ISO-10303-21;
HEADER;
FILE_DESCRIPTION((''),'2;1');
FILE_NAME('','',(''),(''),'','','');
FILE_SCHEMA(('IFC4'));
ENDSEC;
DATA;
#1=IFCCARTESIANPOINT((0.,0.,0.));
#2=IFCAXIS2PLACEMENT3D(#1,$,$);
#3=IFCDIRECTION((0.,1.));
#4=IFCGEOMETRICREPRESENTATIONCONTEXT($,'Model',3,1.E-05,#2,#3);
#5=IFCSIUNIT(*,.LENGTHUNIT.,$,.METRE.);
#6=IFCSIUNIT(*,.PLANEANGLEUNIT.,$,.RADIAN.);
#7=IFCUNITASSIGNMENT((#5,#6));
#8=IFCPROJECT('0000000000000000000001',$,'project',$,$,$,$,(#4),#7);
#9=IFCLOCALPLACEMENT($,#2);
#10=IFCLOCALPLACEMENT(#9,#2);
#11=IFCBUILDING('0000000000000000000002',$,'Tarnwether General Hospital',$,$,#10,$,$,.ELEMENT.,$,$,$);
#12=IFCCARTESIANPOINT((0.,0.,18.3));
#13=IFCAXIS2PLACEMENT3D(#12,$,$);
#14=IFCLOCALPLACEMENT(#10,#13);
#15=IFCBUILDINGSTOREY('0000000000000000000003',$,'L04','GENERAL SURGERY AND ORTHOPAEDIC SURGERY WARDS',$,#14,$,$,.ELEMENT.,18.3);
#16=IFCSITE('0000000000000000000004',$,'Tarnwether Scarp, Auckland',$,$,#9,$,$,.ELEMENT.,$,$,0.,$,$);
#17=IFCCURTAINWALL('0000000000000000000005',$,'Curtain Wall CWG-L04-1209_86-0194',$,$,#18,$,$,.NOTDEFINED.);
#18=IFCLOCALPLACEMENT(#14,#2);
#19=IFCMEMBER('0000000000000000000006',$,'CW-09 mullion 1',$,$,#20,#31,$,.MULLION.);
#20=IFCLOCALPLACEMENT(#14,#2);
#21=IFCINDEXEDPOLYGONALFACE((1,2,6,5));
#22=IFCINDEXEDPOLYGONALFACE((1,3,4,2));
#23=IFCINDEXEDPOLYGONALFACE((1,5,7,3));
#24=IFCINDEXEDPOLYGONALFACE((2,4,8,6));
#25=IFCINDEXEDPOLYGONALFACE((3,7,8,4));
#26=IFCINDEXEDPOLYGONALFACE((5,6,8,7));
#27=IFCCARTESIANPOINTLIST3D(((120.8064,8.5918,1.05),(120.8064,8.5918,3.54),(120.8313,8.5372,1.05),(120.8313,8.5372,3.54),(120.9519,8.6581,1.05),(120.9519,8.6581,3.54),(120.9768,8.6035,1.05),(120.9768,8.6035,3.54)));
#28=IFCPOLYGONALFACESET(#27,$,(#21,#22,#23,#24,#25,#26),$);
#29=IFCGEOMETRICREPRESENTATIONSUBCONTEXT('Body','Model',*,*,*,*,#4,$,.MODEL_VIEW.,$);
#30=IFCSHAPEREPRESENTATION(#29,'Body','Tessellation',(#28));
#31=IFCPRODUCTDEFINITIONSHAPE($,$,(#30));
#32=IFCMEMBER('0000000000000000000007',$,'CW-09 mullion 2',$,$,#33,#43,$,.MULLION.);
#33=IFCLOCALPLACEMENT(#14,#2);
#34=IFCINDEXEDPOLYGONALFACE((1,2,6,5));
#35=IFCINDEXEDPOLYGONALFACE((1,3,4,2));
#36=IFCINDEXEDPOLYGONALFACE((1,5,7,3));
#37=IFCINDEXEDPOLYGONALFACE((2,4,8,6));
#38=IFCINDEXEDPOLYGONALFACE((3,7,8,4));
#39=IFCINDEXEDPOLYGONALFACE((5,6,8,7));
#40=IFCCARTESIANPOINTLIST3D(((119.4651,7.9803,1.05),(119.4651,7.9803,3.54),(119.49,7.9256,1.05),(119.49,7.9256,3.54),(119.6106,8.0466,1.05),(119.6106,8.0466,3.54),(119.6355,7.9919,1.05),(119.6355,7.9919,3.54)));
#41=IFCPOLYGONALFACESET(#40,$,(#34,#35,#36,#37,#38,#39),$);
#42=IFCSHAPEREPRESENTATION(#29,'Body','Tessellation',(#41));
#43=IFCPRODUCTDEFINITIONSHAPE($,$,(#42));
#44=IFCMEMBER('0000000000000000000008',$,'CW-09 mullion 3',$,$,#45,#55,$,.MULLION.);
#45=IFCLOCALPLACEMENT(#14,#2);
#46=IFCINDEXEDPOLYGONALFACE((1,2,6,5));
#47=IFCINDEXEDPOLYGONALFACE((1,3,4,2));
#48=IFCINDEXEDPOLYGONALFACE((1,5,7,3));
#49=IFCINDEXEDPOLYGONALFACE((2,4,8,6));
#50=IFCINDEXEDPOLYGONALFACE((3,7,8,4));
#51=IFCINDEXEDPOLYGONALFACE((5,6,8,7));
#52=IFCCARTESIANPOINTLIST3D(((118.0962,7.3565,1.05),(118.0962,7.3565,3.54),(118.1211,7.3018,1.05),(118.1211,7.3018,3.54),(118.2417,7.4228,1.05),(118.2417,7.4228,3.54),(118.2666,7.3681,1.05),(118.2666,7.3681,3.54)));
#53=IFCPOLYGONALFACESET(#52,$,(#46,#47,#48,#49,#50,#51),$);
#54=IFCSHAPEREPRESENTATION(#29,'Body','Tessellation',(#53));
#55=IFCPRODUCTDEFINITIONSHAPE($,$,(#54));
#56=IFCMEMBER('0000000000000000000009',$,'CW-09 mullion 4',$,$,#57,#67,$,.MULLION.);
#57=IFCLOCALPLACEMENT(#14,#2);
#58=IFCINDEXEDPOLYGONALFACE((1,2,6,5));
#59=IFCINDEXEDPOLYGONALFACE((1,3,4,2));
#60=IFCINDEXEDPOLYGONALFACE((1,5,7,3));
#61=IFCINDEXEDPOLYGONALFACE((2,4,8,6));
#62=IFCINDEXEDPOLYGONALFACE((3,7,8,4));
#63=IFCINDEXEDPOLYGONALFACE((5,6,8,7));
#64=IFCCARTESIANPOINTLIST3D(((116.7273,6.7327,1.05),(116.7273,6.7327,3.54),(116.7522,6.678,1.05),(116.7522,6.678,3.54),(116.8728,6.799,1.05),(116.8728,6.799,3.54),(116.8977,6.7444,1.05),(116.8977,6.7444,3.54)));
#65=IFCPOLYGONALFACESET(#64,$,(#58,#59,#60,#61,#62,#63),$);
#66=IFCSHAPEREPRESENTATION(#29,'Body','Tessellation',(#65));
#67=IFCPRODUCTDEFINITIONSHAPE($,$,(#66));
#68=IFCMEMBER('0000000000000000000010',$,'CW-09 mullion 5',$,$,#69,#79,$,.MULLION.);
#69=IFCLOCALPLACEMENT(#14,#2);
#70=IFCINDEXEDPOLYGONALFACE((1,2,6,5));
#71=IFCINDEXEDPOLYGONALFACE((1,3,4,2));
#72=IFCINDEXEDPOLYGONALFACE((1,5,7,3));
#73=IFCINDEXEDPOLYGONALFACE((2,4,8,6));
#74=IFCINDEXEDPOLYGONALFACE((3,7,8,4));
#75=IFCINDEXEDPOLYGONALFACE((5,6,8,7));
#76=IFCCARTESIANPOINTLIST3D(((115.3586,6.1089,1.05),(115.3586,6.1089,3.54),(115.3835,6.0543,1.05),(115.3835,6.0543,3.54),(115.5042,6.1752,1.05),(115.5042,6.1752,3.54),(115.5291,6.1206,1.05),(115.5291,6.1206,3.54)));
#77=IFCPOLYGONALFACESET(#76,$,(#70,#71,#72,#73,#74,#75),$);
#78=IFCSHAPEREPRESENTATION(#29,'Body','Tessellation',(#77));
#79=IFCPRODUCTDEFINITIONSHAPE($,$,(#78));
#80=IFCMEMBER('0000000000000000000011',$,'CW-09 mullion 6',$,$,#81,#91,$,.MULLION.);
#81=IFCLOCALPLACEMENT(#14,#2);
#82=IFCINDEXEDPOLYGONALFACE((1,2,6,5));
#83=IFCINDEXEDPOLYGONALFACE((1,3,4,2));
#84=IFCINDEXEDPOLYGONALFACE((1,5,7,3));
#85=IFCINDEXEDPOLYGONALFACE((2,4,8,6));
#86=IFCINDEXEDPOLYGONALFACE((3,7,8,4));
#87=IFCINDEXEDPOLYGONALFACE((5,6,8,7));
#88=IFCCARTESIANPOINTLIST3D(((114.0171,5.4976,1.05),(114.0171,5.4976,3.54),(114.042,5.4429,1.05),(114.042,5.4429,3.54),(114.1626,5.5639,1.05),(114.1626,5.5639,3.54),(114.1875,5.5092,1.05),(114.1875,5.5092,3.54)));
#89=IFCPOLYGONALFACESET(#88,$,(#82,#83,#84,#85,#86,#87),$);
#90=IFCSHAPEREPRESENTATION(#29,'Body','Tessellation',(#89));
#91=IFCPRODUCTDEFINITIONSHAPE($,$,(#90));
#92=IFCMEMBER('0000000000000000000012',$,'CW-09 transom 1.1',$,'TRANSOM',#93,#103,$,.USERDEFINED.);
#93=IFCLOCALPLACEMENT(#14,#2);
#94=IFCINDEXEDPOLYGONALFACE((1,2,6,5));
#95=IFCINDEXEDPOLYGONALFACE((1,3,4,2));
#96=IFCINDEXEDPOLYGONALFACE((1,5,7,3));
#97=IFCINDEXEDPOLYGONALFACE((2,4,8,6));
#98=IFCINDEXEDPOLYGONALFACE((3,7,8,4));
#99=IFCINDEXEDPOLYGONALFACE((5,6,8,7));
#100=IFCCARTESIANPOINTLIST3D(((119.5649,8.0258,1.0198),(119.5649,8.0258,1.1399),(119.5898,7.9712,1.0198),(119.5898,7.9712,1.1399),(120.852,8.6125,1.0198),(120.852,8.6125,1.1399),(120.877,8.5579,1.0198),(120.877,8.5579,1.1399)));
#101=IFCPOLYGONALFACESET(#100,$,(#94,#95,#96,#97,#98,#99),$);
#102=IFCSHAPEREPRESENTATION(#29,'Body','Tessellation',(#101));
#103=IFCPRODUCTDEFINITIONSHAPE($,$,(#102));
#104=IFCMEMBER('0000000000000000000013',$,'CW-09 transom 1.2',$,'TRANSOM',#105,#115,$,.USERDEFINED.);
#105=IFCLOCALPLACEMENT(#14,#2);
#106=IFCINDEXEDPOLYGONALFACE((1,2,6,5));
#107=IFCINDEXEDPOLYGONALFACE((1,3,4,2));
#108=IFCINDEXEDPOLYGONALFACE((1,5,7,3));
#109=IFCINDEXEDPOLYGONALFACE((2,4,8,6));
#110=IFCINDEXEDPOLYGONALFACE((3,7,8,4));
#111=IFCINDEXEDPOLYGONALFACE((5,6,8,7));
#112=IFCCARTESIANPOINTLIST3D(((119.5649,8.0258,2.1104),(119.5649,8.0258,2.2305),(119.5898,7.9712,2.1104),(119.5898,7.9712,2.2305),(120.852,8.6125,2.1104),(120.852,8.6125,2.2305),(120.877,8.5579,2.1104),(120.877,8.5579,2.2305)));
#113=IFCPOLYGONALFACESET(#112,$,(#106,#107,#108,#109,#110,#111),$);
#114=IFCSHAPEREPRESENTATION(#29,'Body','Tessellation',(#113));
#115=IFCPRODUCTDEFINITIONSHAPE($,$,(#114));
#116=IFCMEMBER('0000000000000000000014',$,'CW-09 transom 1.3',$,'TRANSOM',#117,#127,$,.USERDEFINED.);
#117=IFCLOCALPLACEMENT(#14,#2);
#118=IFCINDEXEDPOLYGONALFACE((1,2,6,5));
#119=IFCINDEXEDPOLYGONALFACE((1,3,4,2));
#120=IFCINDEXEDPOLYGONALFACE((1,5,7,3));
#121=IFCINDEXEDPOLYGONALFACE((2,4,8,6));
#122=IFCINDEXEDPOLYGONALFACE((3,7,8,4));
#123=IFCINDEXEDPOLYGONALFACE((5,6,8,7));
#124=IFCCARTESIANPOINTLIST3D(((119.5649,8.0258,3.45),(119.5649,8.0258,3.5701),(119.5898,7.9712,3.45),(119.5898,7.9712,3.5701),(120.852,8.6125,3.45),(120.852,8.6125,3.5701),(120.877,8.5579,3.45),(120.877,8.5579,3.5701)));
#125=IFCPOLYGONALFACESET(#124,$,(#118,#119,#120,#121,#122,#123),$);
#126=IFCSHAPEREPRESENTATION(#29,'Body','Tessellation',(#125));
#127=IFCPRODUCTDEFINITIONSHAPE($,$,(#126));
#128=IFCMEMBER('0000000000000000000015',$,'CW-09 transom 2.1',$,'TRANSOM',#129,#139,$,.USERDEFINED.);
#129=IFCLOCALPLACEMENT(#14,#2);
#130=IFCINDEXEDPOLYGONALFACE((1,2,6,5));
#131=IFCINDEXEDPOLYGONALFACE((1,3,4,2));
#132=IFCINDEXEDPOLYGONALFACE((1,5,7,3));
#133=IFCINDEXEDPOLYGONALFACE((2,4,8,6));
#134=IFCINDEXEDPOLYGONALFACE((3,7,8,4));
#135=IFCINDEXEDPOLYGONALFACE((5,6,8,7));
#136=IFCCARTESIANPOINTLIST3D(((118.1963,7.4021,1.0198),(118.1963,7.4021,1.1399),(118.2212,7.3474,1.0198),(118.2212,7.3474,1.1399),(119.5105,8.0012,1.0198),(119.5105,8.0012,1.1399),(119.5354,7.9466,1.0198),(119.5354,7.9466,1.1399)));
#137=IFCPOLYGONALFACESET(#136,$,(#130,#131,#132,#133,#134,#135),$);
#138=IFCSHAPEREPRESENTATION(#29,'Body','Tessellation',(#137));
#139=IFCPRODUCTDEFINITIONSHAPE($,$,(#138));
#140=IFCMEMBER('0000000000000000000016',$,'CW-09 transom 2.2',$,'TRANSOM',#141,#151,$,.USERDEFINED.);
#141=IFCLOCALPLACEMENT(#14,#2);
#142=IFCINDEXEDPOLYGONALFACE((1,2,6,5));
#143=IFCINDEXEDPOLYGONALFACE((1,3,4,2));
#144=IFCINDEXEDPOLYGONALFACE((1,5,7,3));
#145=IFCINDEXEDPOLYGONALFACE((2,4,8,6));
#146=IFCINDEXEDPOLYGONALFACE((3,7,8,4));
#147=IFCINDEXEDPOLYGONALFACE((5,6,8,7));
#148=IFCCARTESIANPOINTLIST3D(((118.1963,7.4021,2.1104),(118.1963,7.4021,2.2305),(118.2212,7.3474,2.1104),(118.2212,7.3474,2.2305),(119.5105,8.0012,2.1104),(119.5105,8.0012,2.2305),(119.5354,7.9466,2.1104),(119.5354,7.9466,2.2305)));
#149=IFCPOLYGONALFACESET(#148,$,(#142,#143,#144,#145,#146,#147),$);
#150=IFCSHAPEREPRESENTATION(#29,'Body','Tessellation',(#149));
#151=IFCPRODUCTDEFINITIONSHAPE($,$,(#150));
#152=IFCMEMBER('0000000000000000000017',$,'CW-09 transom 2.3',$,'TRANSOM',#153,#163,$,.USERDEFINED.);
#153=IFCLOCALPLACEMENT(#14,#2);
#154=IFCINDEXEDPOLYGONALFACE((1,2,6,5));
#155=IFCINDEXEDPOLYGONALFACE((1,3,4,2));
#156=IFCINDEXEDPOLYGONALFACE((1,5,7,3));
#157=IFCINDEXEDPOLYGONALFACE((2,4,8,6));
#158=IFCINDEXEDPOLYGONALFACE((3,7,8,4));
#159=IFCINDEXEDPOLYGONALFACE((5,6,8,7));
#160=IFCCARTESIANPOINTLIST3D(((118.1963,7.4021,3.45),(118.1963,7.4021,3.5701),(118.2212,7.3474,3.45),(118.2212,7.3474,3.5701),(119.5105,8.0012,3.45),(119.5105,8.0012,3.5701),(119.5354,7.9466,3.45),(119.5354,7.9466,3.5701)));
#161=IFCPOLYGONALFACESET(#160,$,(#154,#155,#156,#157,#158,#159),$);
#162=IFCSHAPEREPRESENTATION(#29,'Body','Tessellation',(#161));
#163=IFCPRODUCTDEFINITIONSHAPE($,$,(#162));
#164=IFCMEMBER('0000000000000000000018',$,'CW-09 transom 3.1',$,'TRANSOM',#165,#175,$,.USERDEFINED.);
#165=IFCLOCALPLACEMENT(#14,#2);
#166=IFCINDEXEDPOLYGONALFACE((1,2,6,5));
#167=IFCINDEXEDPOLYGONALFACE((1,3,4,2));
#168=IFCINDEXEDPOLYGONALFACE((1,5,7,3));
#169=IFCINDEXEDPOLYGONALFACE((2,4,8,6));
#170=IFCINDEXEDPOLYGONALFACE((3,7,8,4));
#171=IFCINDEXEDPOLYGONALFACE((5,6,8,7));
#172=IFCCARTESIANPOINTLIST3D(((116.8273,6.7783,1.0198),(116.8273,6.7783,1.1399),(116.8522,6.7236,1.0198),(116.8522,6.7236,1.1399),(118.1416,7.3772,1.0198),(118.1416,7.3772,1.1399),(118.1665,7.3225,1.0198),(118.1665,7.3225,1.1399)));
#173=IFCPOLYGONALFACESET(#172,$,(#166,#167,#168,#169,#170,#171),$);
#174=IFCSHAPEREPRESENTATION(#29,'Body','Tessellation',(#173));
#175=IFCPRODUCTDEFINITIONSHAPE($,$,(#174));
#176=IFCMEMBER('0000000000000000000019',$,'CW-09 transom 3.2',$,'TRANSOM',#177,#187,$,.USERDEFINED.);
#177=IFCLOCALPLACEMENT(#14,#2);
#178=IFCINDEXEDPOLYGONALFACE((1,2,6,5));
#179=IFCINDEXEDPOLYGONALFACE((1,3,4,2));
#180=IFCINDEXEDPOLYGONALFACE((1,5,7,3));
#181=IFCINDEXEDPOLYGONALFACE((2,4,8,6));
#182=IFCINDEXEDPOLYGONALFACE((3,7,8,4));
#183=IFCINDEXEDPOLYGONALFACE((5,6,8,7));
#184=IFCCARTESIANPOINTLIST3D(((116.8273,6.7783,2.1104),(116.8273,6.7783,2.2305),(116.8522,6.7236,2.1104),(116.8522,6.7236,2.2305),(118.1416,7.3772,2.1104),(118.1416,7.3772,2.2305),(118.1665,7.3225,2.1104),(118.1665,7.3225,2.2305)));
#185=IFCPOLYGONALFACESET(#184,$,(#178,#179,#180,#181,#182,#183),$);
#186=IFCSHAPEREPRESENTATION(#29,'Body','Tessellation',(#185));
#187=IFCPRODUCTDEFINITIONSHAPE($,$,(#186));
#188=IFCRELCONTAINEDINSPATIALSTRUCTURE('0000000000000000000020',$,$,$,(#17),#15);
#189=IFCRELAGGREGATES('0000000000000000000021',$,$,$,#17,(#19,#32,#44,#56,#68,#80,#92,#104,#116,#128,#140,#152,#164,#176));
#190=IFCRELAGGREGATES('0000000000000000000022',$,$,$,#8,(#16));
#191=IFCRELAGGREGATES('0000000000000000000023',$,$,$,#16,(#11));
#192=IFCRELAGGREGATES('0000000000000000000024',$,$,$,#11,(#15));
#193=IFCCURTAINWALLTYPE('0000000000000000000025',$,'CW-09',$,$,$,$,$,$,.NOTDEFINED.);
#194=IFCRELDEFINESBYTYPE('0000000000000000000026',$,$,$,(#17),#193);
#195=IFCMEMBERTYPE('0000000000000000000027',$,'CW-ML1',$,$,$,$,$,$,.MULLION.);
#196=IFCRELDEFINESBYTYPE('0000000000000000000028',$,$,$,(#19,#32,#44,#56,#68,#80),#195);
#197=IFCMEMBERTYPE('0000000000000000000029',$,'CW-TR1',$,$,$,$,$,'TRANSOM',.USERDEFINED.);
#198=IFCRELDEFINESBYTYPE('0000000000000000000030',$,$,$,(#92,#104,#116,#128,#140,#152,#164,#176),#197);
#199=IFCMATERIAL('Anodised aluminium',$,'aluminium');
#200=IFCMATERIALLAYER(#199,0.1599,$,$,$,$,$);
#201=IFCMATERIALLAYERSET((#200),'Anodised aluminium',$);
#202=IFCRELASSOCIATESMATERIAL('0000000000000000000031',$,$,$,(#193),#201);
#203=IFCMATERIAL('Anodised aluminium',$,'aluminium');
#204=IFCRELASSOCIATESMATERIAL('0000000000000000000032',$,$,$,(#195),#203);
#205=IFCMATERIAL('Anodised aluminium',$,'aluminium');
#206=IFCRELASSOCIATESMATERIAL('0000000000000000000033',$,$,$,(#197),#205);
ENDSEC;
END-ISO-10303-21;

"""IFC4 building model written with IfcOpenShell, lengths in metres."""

from ifc_helpers import new_model, si_unit, direction, frame, origin, origin_2d, place, context, subcontext, project, spatial, rectangle, extrude, material, layer, layer_set, material_profile, profile_set, type_object, element, aggregate, save


model = new_model("IFC4")

# Units and contexts
model_context = context("Model", 3, precision=1e-05, world=origin(), true_north=direction((0.0, 1.0)))
body_context = subcontext(model_context, "Body", "Model", "MODEL_VIEW")
ifc_project = project(units=[si_unit("LENGTHUNIT", "METRE"), si_unit("PLANEANGLEUNIT", "RADIAN")], contexts=[model_context])

# Site, building, storey
site_placement = place(None, origin())
site = spatial("IfcSite", under=ifc_project, at=site_placement, Name="Tarnwether Scarp, Auckland", CompositionType="ELEMENT", RefElevation=0.0)
building_placement = place(site_placement, origin())
building = spatial("IfcBuilding", under=site, at=building_placement, Name="Tarnwether General Hospital", CompositionType="ELEMENT")
storey_placement = place(building_placement, frame((0.0, 0.0, 18.3)))
storey = spatial("IfcBuildingStorey", under=building, at=storey_placement, Name="L04", Description="GENERAL SURGERY AND ORTHOPAEDIC SURGERY WARDS", CompositionType="ELEMENT", Elevation=18.3)

# Curtain wall, members
ifc_material_1 = material(Name="Anodised aluminium", Category="aluminium")
ifc_layer_1 = layer(ifc_material_1, 0.1599)
ifc_layer_set_1 = layer_set([ifc_layer_1], Name="Anodised aluminium")
curtain_wall_type = type_object("IfcCurtainWallType", Name="CW-09", PredefinedType="NOTDEFINED", material=ifc_layer_set_1)
curtain_wall_placement = place(storey_placement, origin())
curtain_wall = element("IfcCurtainWall", 1, at=curtain_wall_placement, inside=storey, type_object=curtain_wall_type, Name="Curtain Wall CWG-L04-1209_86-0194", PredefinedType="NOTDEFINED")
ifc_material_2 = material(Name="Anodised aluminium", Category="aluminium")
ifc_material_profile_1 = material_profile(ifc_material_2, rectangle(XDim=0.0601, YDim=0.1599, at=origin_2d()), Name="ALU-MUL-60x160")
ifc_profile_set_1 = profile_set([ifc_material_profile_1], Name="Anodised aluminium")
member_type_1 = type_object("IfcMemberType", Name="CW-ML1", PredefinedType="MULLION", material=ifc_profile_set_1)
member_1_placement = place(storey_placement, frame((120.8916, 8.5977, 1.05), z_axis=(0.0, 0.0, 1.0), x_axis=(0.414694, -0.909961, 0.0)))
member_1 = element("IfcMember", 2, at=member_1_placement, type_object=member_type_1, Name="CW-09 mullion 1", PredefinedType="MULLION", context=body_context, shape_type="SweptSolid", body=[
    extrude(rectangle(XDim=0.0601, YDim=0.1599, at=origin_2d()), origin(), (0.0, 0.0, 1.0), 2.49),
])
member_2_placement = place(storey_placement, frame((119.5503, 7.9861, 1.05), z_axis=(0.0, 0.0, 1.0), x_axis=(0.414694, -0.909961, 0.0)))
member_2 = element("IfcMember", 3, at=member_2_placement, type_object=member_type_1, Name="CW-09 mullion 2", PredefinedType="MULLION", context=body_context, shape_type="SweptSolid", body=[
    extrude(rectangle(XDim=0.0601, YDim=0.1599, at=origin_2d()), origin(), (0.0, 0.0, 1.0), 2.49),
])
member_3_placement = place(storey_placement, frame((118.1814, 7.3623, 1.05), z_axis=(0.0, 0.0, 1.0), x_axis=(0.414694, -0.909961, 0.0)))
member_3 = element("IfcMember", 4, at=member_3_placement, type_object=member_type_1, Name="CW-09 mullion 3", PredefinedType="MULLION", context=body_context, shape_type="SweptSolid", body=[
    extrude(rectangle(XDim=0.0601, YDim=0.1599, at=origin_2d()), origin(), (0.0, 0.0, 1.0), 2.49),
])
member_4_placement = place(storey_placement, frame((116.8125, 6.7385, 1.05), z_axis=(0.0, 0.0, 1.0), x_axis=(0.414694, -0.909961, 0.0)))
member_4 = element("IfcMember", 5, at=member_4_placement, type_object=member_type_1, Name="CW-09 mullion 4", PredefinedType="MULLION", context=body_context, shape_type="SweptSolid", body=[
    extrude(rectangle(XDim=0.0601, YDim=0.1599, at=origin_2d()), origin(), (0.0, 0.0, 1.0), 2.49),
])
member_5_placement = place(storey_placement, frame((115.4438, 6.1147, 1.05), z_axis=(0.0, 0.0, 1.0), x_axis=(0.414694, -0.909961, 0.0)))
member_5 = element("IfcMember", 6, at=member_5_placement, type_object=member_type_1, Name="CW-09 mullion 5", PredefinedType="MULLION", context=body_context, shape_type="SweptSolid", body=[
    extrude(rectangle(XDim=0.0601, YDim=0.1599, at=origin_2d()), origin(), (0.0, 0.0, 1.0), 2.49),
])
member_6_placement = place(storey_placement, frame((114.1023, 5.5034, 1.05), z_axis=(0.0, 0.0, 1.0), x_axis=(0.414694, -0.909961, 0.0)))
member_6 = element("IfcMember", 7, at=member_6_placement, type_object=member_type_1, Name="CW-09 mullion 6", PredefinedType="MULLION", context=body_context, shape_type="SweptSolid", body=[
    extrude(rectangle(XDim=0.0601, YDim=0.1599, at=origin_2d()), origin(), (0.0, 0.0, 1.0), 2.49),
])
ifc_material_3 = material(Name="Anodised aluminium", Category="aluminium")
ifc_material_profile_2 = material_profile(ifc_material_3, rectangle(XDim=0.0601, YDim=0.1201, at=origin_2d()), Name="ALU-TRN-60x120")
ifc_profile_set_2 = profile_set([ifc_material_profile_2], Name="Anodised aluminium")
member_type_2 = type_object("IfcMemberType", Name="CW-TR1", ElementType="TRANSOM", PredefinedType="USERDEFINED", material=ifc_profile_set_2)
member_7_placement = place(storey_placement, frame((120.8645, 8.5852, 1.0798), z_axis=(-0.909934, -0.414752, 0.0), x_axis=(0.414752, -0.909934, 0.0)))
member_7 = element("IfcMember", 8, at=member_7_placement, type_object=member_type_2, Name="CW-09 transom 1.1", ObjectType="TRANSOM", PredefinedType="USERDEFINED", context=body_context, shape_type="SweptSolid", body=[
    extrude(rectangle(XDim=0.0601, YDim=0.1201, at=origin_2d()), origin(), (0.0, 0.0, 1.0), 1.4146),
])
member_8_placement = place(storey_placement, frame((120.8645, 8.5852, 2.1704), z_axis=(-0.909934, -0.414752, 0.0), x_axis=(0.414752, -0.909934, 0.0)))
member_8 = element("IfcMember", 9, at=member_8_placement, type_object=member_type_2, Name="CW-09 transom 1.2", ObjectType="TRANSOM", PredefinedType="USERDEFINED", context=body_context, shape_type="SweptSolid", body=[
    extrude(rectangle(XDim=0.0601, YDim=0.1201, at=origin_2d()), origin(), (0.0, 0.0, 1.0), 1.4146),
])
member_9_placement = place(storey_placement, frame((120.8645, 8.5852, 3.51), z_axis=(-0.909934, -0.414752, 0.0), x_axis=(0.414752, -0.909934, 0.0)))
member_9 = element("IfcMember", 10, at=member_9_placement, type_object=member_type_2, Name="CW-09 transom 1.3", ObjectType="TRANSOM", PredefinedType="USERDEFINED", context=body_context, shape_type="SweptSolid", body=[
    extrude(rectangle(XDim=0.0601, YDim=0.1201, at=origin_2d()), origin(), (0.0, 0.0, 1.0), 1.4146),
])
member_10_placement = place(storey_placement, frame((119.5229, 7.9739, 1.0798), z_axis=(-0.909909, -0.414809, 0.0), x_axis=(0.414809, -0.909909, 0.0)))
member_10 = element("IfcMember", 11, at=member_10_placement, type_object=member_type_2, Name="CW-09 transom 2.1", ObjectType="TRANSOM", PredefinedType="USERDEFINED", context=body_context, shape_type="SweptSolid", body=[
    extrude(rectangle(XDim=0.0601, YDim=0.1201, at=origin_2d()), origin(), (0.0, 0.0, 1.0), 1.4443),
])
member_11_placement = place(storey_placement, frame((119.5229, 7.9739, 2.1704), z_axis=(-0.909909, -0.414809, 0.0), x_axis=(0.414809, -0.909909, 0.0)))
member_11 = element("IfcMember", 12, at=member_11_placement, type_object=member_type_2, Name="CW-09 transom 2.2", ObjectType="TRANSOM", PredefinedType="USERDEFINED", context=body_context, shape_type="SweptSolid", body=[
    extrude(rectangle(XDim=0.0601, YDim=0.1201, at=origin_2d()), origin(), (0.0, 0.0, 1.0), 1.4443),
])
member_12_placement = place(storey_placement, frame((119.5229, 7.9739, 3.51), z_axis=(-0.909909, -0.414809, 0.0), x_axis=(0.414809, -0.909909, 0.0)))
member_12 = element("IfcMember", 13, at=member_12_placement, type_object=member_type_2, Name="CW-09 transom 2.3", ObjectType="TRANSOM", PredefinedType="USERDEFINED", context=body_context, shape_type="SweptSolid", body=[
    extrude(rectangle(XDim=0.0601, YDim=0.1201, at=origin_2d()), origin(), (0.0, 0.0, 1.0), 1.4443),
])
member_13_placement = place(storey_placement, frame((118.1541, 7.3499, 1.0798), z_axis=(-0.909972, -0.414669, 0.0), x_axis=(0.414669, -0.909972, 0.0)))
member_13 = element("IfcMember", 14, at=member_13_placement, type_object=member_type_2, Name="CW-09 transom 3.1", ObjectType="TRANSOM", PredefinedType="USERDEFINED", context=body_context, shape_type="SweptSolid", body=[
    extrude(rectangle(XDim=0.0601, YDim=0.1201, at=origin_2d()), origin(), (0.0, 0.0, 1.0), 1.4443),
])
member_14_placement = place(storey_placement, frame((118.1541, 7.3499, 2.1704), z_axis=(-0.909972, -0.414669, 0.0), x_axis=(0.414669, -0.909972, 0.0)))
member_14 = element("IfcMember", 15, at=member_14_placement, type_object=member_type_2, Name="CW-09 transom 3.2", ObjectType="TRANSOM", PredefinedType="USERDEFINED", context=body_context, shape_type="SweptSolid", body=[
    extrude(rectangle(XDim=0.0601, YDim=0.1201, at=origin_2d()), origin(), (0.0, 0.0, 1.0), 1.4443),
])
aggregate(curtain_wall, [member_1, member_2, member_3, member_4, member_5, member_6, member_7, member_8, member_9, member_10, member_11, member_12, member_13, member_14])

save(model, "model.ifc")
